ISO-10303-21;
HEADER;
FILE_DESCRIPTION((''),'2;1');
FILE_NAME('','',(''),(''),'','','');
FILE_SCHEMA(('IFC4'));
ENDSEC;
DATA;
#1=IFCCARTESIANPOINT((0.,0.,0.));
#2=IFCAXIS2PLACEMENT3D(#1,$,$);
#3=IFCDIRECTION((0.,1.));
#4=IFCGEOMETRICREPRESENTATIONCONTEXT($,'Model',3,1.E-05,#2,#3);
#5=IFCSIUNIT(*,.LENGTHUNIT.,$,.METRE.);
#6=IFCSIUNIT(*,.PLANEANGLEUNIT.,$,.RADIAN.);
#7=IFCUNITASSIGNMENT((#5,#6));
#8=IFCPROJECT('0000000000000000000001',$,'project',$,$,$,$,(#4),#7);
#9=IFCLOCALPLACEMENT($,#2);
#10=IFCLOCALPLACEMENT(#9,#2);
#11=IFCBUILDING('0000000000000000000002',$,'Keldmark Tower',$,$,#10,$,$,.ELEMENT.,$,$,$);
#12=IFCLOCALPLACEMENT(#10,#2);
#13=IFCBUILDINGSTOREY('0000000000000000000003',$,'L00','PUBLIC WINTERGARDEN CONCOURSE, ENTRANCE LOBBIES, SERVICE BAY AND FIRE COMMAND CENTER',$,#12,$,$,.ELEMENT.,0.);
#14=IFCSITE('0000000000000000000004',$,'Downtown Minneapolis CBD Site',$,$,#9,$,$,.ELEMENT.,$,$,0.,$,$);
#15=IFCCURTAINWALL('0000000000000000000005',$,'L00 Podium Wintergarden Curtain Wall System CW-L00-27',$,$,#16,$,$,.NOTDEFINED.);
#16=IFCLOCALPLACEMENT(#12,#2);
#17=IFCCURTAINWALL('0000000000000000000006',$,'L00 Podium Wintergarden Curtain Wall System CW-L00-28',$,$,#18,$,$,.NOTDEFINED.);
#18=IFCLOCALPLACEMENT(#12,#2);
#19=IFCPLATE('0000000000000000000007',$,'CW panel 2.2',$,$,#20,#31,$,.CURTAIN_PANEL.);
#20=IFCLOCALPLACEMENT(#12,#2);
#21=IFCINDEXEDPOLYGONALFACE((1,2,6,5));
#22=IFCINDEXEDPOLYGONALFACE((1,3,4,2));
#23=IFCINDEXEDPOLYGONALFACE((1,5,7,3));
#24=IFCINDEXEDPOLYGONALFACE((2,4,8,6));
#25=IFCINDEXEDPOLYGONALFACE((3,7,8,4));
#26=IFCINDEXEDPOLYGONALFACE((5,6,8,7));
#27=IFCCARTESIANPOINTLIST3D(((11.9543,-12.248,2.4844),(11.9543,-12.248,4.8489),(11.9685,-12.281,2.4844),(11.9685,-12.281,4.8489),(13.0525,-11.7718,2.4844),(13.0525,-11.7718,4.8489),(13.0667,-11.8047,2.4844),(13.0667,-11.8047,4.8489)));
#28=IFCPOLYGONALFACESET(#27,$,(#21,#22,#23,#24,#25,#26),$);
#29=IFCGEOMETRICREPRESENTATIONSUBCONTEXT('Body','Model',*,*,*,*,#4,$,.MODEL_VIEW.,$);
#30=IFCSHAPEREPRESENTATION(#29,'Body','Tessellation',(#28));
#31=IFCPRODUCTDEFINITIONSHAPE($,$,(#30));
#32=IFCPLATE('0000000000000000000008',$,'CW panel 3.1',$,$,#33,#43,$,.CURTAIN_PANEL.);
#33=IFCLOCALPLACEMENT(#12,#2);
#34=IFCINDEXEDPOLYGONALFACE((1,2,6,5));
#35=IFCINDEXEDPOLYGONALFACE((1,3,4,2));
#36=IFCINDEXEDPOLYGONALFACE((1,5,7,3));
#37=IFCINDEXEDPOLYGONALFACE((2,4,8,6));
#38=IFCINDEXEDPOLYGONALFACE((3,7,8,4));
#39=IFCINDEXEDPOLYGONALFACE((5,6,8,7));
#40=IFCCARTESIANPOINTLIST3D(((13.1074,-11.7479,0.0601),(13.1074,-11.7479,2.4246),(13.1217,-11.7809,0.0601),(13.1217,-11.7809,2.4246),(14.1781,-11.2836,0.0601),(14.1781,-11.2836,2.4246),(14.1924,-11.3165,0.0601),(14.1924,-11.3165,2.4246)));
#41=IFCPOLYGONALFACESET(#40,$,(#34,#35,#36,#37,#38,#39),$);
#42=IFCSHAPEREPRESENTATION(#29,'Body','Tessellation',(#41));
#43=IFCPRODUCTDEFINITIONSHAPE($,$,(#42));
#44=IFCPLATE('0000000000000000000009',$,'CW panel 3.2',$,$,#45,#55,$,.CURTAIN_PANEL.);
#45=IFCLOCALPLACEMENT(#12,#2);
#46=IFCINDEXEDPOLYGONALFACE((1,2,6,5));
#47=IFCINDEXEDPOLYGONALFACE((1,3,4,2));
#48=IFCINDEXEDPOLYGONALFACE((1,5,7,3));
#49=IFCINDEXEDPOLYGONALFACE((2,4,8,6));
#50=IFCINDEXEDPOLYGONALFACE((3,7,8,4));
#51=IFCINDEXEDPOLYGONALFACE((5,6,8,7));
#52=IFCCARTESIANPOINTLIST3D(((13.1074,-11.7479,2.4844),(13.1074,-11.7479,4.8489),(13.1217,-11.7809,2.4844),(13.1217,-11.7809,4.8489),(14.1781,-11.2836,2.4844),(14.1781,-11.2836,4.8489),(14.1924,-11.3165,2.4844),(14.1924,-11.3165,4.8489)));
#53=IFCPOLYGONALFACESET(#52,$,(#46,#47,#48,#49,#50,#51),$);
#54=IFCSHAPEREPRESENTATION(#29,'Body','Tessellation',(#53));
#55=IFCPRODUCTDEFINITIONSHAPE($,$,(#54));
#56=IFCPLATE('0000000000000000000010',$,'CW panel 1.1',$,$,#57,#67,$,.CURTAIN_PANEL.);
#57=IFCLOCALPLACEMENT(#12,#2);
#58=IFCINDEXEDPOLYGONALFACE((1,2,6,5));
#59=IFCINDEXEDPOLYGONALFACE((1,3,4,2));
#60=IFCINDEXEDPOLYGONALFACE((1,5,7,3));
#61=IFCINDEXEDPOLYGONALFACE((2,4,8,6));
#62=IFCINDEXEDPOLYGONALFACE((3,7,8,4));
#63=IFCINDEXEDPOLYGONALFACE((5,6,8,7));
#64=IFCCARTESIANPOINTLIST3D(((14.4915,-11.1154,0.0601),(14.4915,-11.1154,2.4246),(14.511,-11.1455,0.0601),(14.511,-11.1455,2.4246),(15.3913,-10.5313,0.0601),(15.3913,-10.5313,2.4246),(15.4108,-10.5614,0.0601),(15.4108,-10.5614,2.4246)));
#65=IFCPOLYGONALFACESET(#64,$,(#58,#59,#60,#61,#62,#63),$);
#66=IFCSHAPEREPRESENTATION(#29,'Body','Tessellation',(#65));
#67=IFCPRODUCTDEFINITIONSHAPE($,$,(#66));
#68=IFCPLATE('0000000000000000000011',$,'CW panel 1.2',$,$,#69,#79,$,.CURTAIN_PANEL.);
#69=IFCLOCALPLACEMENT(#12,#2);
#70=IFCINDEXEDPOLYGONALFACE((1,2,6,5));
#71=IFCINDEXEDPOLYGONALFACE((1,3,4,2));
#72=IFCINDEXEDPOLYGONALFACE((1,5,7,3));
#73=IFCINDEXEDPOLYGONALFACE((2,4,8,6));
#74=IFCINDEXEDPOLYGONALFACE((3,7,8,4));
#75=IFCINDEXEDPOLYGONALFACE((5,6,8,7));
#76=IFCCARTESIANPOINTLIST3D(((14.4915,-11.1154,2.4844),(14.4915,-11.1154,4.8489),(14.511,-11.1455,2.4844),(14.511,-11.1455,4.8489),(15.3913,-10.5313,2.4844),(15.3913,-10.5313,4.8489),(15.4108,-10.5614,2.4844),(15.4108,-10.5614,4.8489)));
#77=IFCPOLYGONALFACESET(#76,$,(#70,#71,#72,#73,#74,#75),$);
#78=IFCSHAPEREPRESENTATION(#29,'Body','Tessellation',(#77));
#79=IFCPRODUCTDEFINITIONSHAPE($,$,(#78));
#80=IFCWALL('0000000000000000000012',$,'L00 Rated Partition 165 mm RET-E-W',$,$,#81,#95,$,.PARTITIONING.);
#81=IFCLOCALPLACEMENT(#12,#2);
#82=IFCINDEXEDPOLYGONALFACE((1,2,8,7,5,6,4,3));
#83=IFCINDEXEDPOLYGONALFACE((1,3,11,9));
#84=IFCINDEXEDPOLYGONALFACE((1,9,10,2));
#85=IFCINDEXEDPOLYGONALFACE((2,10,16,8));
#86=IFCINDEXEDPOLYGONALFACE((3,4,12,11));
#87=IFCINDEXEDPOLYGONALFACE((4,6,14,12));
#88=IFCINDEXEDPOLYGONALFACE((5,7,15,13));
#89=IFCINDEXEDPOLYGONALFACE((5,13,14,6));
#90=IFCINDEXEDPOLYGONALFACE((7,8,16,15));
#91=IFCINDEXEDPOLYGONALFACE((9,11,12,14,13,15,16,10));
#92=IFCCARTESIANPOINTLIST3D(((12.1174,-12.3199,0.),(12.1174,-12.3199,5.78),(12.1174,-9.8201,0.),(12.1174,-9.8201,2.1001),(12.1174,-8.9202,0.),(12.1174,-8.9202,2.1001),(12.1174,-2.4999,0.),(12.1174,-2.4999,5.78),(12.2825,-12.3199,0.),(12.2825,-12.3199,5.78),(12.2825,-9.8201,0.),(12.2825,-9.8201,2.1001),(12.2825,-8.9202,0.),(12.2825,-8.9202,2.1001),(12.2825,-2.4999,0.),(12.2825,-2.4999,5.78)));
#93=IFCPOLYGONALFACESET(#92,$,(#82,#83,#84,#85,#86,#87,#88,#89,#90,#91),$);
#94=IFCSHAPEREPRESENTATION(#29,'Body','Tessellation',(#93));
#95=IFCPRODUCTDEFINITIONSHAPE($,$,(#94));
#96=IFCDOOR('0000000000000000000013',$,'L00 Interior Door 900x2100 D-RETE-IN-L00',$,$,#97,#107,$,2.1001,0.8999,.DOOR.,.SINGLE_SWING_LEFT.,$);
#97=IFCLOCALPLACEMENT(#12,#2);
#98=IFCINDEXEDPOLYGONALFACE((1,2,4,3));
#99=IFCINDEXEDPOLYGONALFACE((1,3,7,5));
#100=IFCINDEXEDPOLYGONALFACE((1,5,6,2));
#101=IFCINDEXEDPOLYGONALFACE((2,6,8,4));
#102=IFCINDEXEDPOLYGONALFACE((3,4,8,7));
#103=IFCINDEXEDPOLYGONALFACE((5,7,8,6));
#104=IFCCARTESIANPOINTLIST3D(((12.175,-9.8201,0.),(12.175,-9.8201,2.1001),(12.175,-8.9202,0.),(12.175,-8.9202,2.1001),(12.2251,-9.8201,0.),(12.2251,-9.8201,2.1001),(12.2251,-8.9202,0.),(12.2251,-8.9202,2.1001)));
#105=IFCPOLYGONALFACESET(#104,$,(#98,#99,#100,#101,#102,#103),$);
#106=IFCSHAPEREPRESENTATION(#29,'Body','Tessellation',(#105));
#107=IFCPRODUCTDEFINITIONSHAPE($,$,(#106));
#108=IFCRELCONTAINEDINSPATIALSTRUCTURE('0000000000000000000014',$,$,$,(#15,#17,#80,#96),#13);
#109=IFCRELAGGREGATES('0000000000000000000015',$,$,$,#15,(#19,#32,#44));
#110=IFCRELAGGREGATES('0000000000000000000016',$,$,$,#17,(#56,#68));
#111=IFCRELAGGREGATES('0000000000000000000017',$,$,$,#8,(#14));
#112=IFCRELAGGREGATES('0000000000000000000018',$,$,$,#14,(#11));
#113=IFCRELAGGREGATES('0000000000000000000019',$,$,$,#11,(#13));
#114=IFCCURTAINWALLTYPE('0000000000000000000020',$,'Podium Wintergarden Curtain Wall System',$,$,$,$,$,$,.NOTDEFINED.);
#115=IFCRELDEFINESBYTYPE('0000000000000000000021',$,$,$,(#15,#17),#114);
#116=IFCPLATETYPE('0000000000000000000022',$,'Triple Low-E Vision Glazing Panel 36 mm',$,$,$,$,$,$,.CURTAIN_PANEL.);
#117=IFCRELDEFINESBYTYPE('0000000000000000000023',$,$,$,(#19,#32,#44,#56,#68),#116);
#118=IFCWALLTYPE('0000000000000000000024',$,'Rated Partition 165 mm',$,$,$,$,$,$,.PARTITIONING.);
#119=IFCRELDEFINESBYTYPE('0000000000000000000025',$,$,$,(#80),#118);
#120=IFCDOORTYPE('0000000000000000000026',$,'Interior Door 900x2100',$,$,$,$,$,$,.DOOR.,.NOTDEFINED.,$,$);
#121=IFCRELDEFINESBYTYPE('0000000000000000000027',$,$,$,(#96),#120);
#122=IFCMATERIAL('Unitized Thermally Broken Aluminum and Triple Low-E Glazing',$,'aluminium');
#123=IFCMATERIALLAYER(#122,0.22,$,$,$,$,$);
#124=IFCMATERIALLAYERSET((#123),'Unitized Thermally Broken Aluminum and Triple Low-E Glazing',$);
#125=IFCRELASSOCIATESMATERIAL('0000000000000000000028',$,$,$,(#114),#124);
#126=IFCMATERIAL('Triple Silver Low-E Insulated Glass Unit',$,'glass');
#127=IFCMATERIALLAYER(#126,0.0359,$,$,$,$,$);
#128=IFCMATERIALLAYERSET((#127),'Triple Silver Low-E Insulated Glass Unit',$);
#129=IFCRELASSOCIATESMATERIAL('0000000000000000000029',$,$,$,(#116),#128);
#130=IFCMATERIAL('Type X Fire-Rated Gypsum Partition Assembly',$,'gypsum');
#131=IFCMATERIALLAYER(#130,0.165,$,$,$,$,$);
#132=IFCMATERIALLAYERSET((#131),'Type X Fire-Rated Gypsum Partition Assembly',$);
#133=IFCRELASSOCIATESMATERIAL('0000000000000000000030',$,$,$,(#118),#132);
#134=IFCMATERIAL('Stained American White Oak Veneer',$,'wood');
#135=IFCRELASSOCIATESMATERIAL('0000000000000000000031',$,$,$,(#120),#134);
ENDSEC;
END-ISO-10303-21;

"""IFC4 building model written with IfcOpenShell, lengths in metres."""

from ifc_helpers import new_model, si_unit, direction, frame, frame_2d, origin, origin_2d, place, context, subcontext, project, spatial, rectangle, extrude, material, layer, layer_set, type_object, element, fill, aggregate, save


model = new_model("IFC4")

# Units and contexts
model_context = context("Model", 3, precision=1e-05, world=origin(), true_north=direction((0.0, 1.0)))
body_context = subcontext(model_context, "Body", "Model", "MODEL_VIEW")
ifc_project = project(units=[si_unit("LENGTHUNIT", "METRE"), si_unit("PLANEANGLEUNIT", "RADIAN")], contexts=[model_context])

# Site, building, storey
site_placement = place(None, origin())
site = spatial("IfcSite", under=ifc_project, at=site_placement, Name="Downtown Minneapolis CBD Site", CompositionType="ELEMENT", RefElevation=0.0)
building_placement = place(site_placement, origin())
building = spatial("IfcBuilding", under=site, at=building_placement, Name="Keldmark Tower", CompositionType="ELEMENT")
storey_placement = place(building_placement, origin())
storey = spatial("IfcBuildingStorey", under=building, at=storey_placement, Name="L00", Description="PUBLIC WINTERGARDEN CONCOURSE, ENTRANCE LOBBIES, SERVICE BAY AND FIRE COMMAND CENTER", CompositionType="ELEMENT", Elevation=0.0)

# Curtain walls
ifc_material_1 = material(Name="Unitized Thermally Broken Aluminum and Triple Low-E Glazing", Category="aluminium")
ifc_layer_1 = layer(ifc_material_1, 0.22)
ifc_layer_set_1 = layer_set([ifc_layer_1], Name="Unitized Thermally Broken Aluminum and Triple Low-E Glazing")
curtain_wall_type = type_object("IfcCurtainWallType", Name="Podium Wintergarden Curtain Wall System", PredefinedType="NOTDEFINED", material=ifc_layer_set_1)
curtain_wall_1_placement = place(storey_placement, origin())
curtain_wall_1 = element("IfcCurtainWall", 1, at=curtain_wall_1_placement, inside=storey, type_object=curtain_wall_type, Name="L00 Podium Wintergarden Curtain Wall System CW-L00-27", PredefinedType="NOTDEFINED")
curtain_wall_2_placement = place(storey_placement, origin())
curtain_wall_2 = element("IfcCurtainWall", 2, at=curtain_wall_2_placement, inside=storey, type_object=curtain_wall_type, Name="L00 Podium Wintergarden Curtain Wall System CW-L00-28", PredefinedType="NOTDEFINED")

# Plates
ifc_material_2 = material(Name="Triple Silver Low-E Insulated Glass Unit", Category="glass")
ifc_layer_2 = layer(ifc_material_2, 0.0359)
ifc_layer_set_2 = layer_set([ifc_layer_2], Name="Triple Silver Low-E Insulated Glass Unit")
plate_type = type_object("IfcPlateType", Name="Triple Low-E Vision Glazing Panel 36 mm", PredefinedType="CURTAIN_PANEL", material=ifc_layer_set_2)
plate_1_placement = place(storey_placement, frame((12.5105, -12.0264, 2.4844), z_axis=(0.0, 0.0, 1.0), x_axis=(0.917436, 0.397884, 0.0)))
plate_1 = element("IfcPlate", 3, at=plate_1_placement, type_object=plate_type, Name="CW panel 2.2", PredefinedType="CURTAIN_PANEL", context=body_context, shape_type="SweptSolid", body=[
    extrude(rectangle(XDim=1.197, YDim=0.0359, at=origin_2d()), origin(), (0.0, 0.0, 1.0), 2.3645),
])
plate_2_placement = place(storey_placement, frame((13.6499, -11.5322, 0.0601), z_axis=(0.0, 0.0, 1.0), x_axis=(0.917436, 0.397884, 0.0)))
plate_2 = element("IfcPlate", 4, at=plate_2_placement, type_object=plate_type, Name="CW panel 3.1", PredefinedType="CURTAIN_PANEL", context=body_context, shape_type="SweptSolid", body=[
    extrude(rectangle(XDim=1.167, YDim=0.0359, at=origin_2d()), origin(), (0.0, 0.0, 1.0), 2.3645),
])
plate_3_placement = place(storey_placement, frame((13.6499, -11.5322, 2.4844), z_axis=(0.0, 0.0, 1.0), x_axis=(0.917436, 0.397884, 0.0)))
plate_3 = element("IfcPlate", 5, at=plate_3_placement, type_object=plate_type, Name="CW panel 3.2", PredefinedType="CURTAIN_PANEL", context=body_context, shape_type="SweptSolid", body=[
    extrude(rectangle(XDim=1.167, YDim=0.0359, at=origin_2d()), origin(), (0.0, 0.0, 1.0), 2.3645),
])
aggregate(curtain_wall_1, [plate_1, plate_2, plate_3])
plate_4_placement = place(storey_placement, frame((14.9512, -10.8384, 0.0601), z_axis=(0.0, 0.0, 1.0), x_axis=(0.838763, 0.544496, 0.0)))
plate_4 = element("IfcPlate", 6, at=plate_4_placement, type_object=plate_type, Name="CW panel 1.1", PredefinedType="CURTAIN_PANEL", context=body_context, shape_type="SweptSolid", body=[
    extrude(rectangle(XDim=1.0728, YDim=0.0359, at=origin_2d()), origin(), (0.0, 0.0, 1.0), 2.3645),
])
plate_5_placement = place(storey_placement, frame((14.9512, -10.8384, 2.4844), z_axis=(0.0, 0.0, 1.0), x_axis=(0.838763, 0.544496, 0.0)))
plate_5 = element("IfcPlate", 7, at=plate_5_placement, type_object=plate_type, Name="CW panel 1.2", PredefinedType="CURTAIN_PANEL", context=body_context, shape_type="SweptSolid", body=[
    extrude(rectangle(XDim=1.0728, YDim=0.0359, at=origin_2d()), origin(), (0.0, 0.0, 1.0), 2.3645),
])
aggregate(curtain_wall_2, [plate_4, plate_5])

# Wall, opening, door
ifc_material_3 = material(Name="Type X Fire-Rated Gypsum Partition Assembly", Category="gypsum")
ifc_layer_3 = layer(ifc_material_3, 0.165)
ifc_layer_set_3 = layer_set([ifc_layer_3], Name="Type X Fire-Rated Gypsum Partition Assembly")
wall_type = type_object("IfcWallType", Name="Rated Partition 165 mm", PredefinedType="PARTITIONING", material=ifc_layer_set_3)
wall_placement = place(storey_placement, frame((12.2, -12.3201, 0.0), z_axis=(0.0, 0.0, 1.0), x_axis=(0.0, 1.0, 0.0)))
wall = element("IfcWall", 8, at=wall_placement, inside=storey, type_object=wall_type, Name="L00 Rated Partition 165 mm RET-E-W", PredefinedType="PARTITIONING", context=body_context, shape_type="SweptSolid", body=[
    extrude(rectangle(XDim=9.8201, YDim=0.165, at=frame_2d((4.9102, 0.0))), origin(), (0.0, 0.0, 1.0), 5.78),
])
opening_placement = place(wall_placement, frame((2.5, 0.0, 0.0)))
opening = element("IfcOpeningElement", 9, at=opening_placement, cuts=wall, PredefinedType="OPENING", context=body_context, shape_type="SweptSolid", body=[
    extrude(rectangle(XDim=0.8999, YDim=2.1001, at=frame_2d((0.45, 1.05))), frame((0.0, 0.0925, 0.0), z_axis=(0.0, -1.0, 0.0), x_axis=(1.0, 0.0, 0.0)), (0.0, 0.0, 1.0), 0.1851),
])
ifc_material_4 = material(Name="Stained American White Oak Veneer", Category="wood")
door_type = type_object("IfcDoorType", Name="Interior Door 900x2100", OperationType="NOTDEFINED", PredefinedType="DOOR", material=ifc_material_4)
door_placement = place(opening_placement, origin())
door = element("IfcDoor", 10, at=door_placement, inside=storey, type_object=door_type, Name="L00 Interior Door 900x2100 D-RETE-IN-L00", OperationType="SINGLE_SWING_LEFT", OverallHeight=2.1001, OverallWidth=0.8999, PredefinedType="DOOR", context=body_context, shape_type="SweptSolid", body=[
    extrude(rectangle(XDim=0.8999, YDim=2.1001, at=frame_2d((0.45, 1.05))), frame((0.0, 0.0249, 0.0), z_axis=(0.0, -1.0, 0.0), x_axis=(1.0, 0.0, 0.0)), (0.0, 0.0, 1.0), 0.05),
])
fill(opening, door)

save(model, "model.ifc")
